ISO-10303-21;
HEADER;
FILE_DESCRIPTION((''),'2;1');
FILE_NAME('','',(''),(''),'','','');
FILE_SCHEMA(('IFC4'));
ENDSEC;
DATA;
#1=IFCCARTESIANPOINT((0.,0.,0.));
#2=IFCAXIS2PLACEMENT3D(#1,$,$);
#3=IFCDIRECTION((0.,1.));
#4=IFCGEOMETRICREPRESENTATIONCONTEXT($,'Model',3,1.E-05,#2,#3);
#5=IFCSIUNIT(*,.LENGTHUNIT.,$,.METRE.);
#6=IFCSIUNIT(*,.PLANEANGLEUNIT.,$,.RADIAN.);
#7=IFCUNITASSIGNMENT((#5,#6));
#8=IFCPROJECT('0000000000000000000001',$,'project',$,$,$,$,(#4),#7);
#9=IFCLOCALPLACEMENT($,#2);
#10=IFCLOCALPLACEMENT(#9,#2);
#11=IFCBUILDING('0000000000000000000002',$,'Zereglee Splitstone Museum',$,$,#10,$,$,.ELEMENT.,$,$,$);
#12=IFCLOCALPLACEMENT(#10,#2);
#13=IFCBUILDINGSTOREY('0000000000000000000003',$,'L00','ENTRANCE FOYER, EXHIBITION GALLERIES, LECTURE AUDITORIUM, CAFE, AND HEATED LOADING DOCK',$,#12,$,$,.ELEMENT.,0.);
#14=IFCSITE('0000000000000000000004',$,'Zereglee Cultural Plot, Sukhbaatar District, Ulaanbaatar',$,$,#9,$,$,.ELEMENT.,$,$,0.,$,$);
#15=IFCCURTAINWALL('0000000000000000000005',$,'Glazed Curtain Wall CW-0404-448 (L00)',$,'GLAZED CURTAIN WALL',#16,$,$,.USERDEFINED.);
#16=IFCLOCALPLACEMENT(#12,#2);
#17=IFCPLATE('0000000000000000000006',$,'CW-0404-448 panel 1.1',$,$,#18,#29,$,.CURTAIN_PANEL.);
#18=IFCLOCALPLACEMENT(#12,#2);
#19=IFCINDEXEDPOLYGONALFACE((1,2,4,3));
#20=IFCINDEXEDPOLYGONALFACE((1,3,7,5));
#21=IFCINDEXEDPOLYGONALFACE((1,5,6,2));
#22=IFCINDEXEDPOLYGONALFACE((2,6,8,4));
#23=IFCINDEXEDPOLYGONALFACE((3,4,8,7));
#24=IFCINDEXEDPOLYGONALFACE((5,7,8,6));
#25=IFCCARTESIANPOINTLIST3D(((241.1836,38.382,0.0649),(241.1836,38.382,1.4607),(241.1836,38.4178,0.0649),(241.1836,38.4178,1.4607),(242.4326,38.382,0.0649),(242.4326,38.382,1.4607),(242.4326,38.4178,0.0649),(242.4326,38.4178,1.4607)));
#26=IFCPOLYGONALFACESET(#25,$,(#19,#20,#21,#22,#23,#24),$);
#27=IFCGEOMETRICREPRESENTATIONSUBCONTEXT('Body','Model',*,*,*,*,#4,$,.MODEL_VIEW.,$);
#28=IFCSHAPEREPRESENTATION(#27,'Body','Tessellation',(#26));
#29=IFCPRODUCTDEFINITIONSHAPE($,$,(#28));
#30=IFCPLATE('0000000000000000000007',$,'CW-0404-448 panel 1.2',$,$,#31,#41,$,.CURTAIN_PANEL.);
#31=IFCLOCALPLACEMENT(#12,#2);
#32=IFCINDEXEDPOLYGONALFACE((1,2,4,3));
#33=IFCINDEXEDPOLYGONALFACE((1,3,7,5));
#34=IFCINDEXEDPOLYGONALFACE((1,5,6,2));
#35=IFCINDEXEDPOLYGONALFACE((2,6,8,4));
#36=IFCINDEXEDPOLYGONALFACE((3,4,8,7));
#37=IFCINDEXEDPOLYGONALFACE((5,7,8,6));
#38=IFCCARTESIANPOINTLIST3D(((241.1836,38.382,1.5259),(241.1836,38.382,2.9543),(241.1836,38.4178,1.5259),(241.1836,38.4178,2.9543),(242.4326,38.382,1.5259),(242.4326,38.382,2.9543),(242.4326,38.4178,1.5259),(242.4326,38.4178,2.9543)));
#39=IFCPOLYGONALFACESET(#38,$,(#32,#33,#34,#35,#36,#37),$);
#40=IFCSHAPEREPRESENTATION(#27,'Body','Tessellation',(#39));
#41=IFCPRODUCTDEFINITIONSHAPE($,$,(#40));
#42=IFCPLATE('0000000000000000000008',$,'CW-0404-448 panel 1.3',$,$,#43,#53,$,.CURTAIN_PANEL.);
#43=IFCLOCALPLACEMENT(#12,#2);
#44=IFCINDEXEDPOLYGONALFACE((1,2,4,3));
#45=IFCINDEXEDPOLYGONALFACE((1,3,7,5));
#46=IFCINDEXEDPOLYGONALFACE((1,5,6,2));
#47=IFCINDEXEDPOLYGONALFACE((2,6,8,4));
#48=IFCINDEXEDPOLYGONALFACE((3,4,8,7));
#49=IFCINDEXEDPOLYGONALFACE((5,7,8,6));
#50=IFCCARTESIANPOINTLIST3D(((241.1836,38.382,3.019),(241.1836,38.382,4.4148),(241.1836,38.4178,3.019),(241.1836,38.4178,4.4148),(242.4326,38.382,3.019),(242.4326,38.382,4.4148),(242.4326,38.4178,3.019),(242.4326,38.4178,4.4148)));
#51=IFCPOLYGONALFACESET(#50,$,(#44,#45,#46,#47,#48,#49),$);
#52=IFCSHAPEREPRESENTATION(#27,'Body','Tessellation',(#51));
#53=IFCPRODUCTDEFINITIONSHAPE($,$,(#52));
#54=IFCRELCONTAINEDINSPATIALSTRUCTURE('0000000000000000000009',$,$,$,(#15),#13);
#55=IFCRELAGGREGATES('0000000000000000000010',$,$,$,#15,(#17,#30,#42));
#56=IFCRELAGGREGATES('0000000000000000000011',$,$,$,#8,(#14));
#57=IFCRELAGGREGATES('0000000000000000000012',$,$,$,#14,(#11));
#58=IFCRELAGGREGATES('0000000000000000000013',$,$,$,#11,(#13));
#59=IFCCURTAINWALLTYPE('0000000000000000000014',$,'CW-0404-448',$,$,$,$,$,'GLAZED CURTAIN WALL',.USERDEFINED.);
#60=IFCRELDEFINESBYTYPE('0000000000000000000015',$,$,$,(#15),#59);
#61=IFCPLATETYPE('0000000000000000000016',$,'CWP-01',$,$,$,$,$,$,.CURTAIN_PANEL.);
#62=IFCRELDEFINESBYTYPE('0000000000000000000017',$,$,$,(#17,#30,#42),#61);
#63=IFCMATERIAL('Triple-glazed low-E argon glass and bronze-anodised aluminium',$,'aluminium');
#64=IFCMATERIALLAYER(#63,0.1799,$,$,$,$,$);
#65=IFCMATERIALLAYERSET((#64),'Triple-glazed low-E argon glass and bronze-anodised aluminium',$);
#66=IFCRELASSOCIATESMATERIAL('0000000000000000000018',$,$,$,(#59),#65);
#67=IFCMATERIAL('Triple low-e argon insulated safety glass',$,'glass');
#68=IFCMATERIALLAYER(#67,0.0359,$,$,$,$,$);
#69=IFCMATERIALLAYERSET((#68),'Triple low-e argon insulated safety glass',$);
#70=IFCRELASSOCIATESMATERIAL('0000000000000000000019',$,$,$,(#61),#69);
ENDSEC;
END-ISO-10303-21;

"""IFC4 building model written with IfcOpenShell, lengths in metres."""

from ifc_helpers import new_model, si_unit, direction, frame, origin, origin_2d, place, context, subcontext, project, spatial, rectangle, extrude, material, layer, layer_set, type_object, element, aggregate, save


model = new_model("IFC4")

# Units and contexts
model_context = context("Model", 3, precision=1e-05, world=origin(), true_north=direction((0.0, 1.0)))
body_context = subcontext(model_context, "Body", "Model", "MODEL_VIEW")
ifc_project = project(units=[si_unit("LENGTHUNIT", "METRE"), si_unit("PLANEANGLEUNIT", "RADIAN")], contexts=[model_context])

# Site, building, storey
site_placement = place(None, origin())
site = spatial("IfcSite", under=ifc_project, at=site_placement, Name="Zereglee Cultural Plot, Sukhbaatar District, Ulaanbaatar", CompositionType="ELEMENT", RefElevation=0.0)
building_placement = place(site_placement, origin())
building = spatial("IfcBuilding", under=site, at=building_placement, Name="Zereglee Splitstone Museum", CompositionType="ELEMENT")
storey_placement = place(building_placement, origin())
storey = spatial("IfcBuildingStorey", under=building, at=storey_placement, Name="L00", Description="ENTRANCE FOYER, EXHIBITION GALLERIES, LECTURE AUDITORIUM, CAFE, AND HEATED LOADING DOCK", CompositionType="ELEMENT", Elevation=0.0)

# Shared definitions
ifc_material_1 = material(Name="Triple-glazed low-E argon glass and bronze-anodised aluminium", Category="aluminium")

# Curtain wall
ifc_layer_1 = layer(ifc_material_1, 0.1799)
ifc_layer_set_1 = layer_set([ifc_layer_1], Name="Triple-glazed low-E argon glass and bronze-anodised aluminium")
curtain_wall_type_1 = type_object("IfcCurtainWallType", Name="CW-0404-448", ElementType="GLAZED CURTAIN WALL", PredefinedType="USERDEFINED", material=ifc_layer_set_1)
curtain_wall_1_placement = place(storey_placement, origin())
curtain_wall_1 = element("IfcCurtainWall", 1, at=curtain_wall_1_placement, inside=storey, type_object=curtain_wall_type_1, Name="Glazed Curtain Wall CW-0404-448 (L00)", ObjectType="GLAZED CURTAIN WALL", PredefinedType="USERDEFINED")

# Plates
ifc_material_2 = material(Name="Triple low-e argon insulated safety glass", Category="glass")
ifc_layer_2 = layer(ifc_material_2, 0.0359)
ifc_layer_set_2 = layer_set([ifc_layer_2], Name="Triple low-e argon insulated safety glass")
plate_type = type_object("IfcPlateType", Name="CWP-01", PredefinedType="CURTAIN_PANEL", material=ifc_layer_set_2)
plate_1_placement = place(storey_placement, frame((241.8081, 38.3999, 0.0649), z_axis=(0.0, 0.0, 1.0), x_axis=(-1.0, 0.0, 0.0)))
plate_1 = element("IfcPlate", 2, at=plate_1_placement, type_object=plate_type, Name="CW-0404-448 panel 1.1", PredefinedType="CURTAIN_PANEL", context=body_context, shape_type="SweptSolid", body=[
    extrude(rectangle(XDim=1.249, YDim=0.0359, at=origin_2d()), origin(), (0.0, 0.0, 1.0), 1.3958),
])
plate_2_placement = place(storey_placement, frame((241.8081, 38.3999, 1.5259), z_axis=(0.0, 0.0, 1.0), x_axis=(-1.0, 0.0, 0.0)))
plate_2 = element("IfcPlate", 3, at=plate_2_placement, type_object=plate_type, Name="CW-0404-448 panel 1.2", PredefinedType="CURTAIN_PANEL", context=body_context, shape_type="SweptSolid", body=[
    extrude(rectangle(XDim=1.249, YDim=0.0359, at=origin_2d()), origin(), (0.0, 0.0, 1.0), 1.4285),
])
plate_3_placement = place(storey_placement, frame((241.8081, 38.3999, 3.019), z_axis=(0.0, 0.0, 1.0), x_axis=(-1.0, 0.0, 0.0)))
plate_3 = element("IfcPlate", 4, at=plate_3_placement, type_object=plate_type, Name="CW-0404-448 panel 1.3", PredefinedType="CURTAIN_PANEL", context=body_context, shape_type="SweptSolid", body=[
    extrude(rectangle(XDim=1.249, YDim=0.0359, at=origin_2d()), origin(), (0.0, 0.0, 1.0), 1.3958),
])
aggregate(curtain_wall_1, [plate_1, plate_2, plate_3])

save(model, "model.ifc")
